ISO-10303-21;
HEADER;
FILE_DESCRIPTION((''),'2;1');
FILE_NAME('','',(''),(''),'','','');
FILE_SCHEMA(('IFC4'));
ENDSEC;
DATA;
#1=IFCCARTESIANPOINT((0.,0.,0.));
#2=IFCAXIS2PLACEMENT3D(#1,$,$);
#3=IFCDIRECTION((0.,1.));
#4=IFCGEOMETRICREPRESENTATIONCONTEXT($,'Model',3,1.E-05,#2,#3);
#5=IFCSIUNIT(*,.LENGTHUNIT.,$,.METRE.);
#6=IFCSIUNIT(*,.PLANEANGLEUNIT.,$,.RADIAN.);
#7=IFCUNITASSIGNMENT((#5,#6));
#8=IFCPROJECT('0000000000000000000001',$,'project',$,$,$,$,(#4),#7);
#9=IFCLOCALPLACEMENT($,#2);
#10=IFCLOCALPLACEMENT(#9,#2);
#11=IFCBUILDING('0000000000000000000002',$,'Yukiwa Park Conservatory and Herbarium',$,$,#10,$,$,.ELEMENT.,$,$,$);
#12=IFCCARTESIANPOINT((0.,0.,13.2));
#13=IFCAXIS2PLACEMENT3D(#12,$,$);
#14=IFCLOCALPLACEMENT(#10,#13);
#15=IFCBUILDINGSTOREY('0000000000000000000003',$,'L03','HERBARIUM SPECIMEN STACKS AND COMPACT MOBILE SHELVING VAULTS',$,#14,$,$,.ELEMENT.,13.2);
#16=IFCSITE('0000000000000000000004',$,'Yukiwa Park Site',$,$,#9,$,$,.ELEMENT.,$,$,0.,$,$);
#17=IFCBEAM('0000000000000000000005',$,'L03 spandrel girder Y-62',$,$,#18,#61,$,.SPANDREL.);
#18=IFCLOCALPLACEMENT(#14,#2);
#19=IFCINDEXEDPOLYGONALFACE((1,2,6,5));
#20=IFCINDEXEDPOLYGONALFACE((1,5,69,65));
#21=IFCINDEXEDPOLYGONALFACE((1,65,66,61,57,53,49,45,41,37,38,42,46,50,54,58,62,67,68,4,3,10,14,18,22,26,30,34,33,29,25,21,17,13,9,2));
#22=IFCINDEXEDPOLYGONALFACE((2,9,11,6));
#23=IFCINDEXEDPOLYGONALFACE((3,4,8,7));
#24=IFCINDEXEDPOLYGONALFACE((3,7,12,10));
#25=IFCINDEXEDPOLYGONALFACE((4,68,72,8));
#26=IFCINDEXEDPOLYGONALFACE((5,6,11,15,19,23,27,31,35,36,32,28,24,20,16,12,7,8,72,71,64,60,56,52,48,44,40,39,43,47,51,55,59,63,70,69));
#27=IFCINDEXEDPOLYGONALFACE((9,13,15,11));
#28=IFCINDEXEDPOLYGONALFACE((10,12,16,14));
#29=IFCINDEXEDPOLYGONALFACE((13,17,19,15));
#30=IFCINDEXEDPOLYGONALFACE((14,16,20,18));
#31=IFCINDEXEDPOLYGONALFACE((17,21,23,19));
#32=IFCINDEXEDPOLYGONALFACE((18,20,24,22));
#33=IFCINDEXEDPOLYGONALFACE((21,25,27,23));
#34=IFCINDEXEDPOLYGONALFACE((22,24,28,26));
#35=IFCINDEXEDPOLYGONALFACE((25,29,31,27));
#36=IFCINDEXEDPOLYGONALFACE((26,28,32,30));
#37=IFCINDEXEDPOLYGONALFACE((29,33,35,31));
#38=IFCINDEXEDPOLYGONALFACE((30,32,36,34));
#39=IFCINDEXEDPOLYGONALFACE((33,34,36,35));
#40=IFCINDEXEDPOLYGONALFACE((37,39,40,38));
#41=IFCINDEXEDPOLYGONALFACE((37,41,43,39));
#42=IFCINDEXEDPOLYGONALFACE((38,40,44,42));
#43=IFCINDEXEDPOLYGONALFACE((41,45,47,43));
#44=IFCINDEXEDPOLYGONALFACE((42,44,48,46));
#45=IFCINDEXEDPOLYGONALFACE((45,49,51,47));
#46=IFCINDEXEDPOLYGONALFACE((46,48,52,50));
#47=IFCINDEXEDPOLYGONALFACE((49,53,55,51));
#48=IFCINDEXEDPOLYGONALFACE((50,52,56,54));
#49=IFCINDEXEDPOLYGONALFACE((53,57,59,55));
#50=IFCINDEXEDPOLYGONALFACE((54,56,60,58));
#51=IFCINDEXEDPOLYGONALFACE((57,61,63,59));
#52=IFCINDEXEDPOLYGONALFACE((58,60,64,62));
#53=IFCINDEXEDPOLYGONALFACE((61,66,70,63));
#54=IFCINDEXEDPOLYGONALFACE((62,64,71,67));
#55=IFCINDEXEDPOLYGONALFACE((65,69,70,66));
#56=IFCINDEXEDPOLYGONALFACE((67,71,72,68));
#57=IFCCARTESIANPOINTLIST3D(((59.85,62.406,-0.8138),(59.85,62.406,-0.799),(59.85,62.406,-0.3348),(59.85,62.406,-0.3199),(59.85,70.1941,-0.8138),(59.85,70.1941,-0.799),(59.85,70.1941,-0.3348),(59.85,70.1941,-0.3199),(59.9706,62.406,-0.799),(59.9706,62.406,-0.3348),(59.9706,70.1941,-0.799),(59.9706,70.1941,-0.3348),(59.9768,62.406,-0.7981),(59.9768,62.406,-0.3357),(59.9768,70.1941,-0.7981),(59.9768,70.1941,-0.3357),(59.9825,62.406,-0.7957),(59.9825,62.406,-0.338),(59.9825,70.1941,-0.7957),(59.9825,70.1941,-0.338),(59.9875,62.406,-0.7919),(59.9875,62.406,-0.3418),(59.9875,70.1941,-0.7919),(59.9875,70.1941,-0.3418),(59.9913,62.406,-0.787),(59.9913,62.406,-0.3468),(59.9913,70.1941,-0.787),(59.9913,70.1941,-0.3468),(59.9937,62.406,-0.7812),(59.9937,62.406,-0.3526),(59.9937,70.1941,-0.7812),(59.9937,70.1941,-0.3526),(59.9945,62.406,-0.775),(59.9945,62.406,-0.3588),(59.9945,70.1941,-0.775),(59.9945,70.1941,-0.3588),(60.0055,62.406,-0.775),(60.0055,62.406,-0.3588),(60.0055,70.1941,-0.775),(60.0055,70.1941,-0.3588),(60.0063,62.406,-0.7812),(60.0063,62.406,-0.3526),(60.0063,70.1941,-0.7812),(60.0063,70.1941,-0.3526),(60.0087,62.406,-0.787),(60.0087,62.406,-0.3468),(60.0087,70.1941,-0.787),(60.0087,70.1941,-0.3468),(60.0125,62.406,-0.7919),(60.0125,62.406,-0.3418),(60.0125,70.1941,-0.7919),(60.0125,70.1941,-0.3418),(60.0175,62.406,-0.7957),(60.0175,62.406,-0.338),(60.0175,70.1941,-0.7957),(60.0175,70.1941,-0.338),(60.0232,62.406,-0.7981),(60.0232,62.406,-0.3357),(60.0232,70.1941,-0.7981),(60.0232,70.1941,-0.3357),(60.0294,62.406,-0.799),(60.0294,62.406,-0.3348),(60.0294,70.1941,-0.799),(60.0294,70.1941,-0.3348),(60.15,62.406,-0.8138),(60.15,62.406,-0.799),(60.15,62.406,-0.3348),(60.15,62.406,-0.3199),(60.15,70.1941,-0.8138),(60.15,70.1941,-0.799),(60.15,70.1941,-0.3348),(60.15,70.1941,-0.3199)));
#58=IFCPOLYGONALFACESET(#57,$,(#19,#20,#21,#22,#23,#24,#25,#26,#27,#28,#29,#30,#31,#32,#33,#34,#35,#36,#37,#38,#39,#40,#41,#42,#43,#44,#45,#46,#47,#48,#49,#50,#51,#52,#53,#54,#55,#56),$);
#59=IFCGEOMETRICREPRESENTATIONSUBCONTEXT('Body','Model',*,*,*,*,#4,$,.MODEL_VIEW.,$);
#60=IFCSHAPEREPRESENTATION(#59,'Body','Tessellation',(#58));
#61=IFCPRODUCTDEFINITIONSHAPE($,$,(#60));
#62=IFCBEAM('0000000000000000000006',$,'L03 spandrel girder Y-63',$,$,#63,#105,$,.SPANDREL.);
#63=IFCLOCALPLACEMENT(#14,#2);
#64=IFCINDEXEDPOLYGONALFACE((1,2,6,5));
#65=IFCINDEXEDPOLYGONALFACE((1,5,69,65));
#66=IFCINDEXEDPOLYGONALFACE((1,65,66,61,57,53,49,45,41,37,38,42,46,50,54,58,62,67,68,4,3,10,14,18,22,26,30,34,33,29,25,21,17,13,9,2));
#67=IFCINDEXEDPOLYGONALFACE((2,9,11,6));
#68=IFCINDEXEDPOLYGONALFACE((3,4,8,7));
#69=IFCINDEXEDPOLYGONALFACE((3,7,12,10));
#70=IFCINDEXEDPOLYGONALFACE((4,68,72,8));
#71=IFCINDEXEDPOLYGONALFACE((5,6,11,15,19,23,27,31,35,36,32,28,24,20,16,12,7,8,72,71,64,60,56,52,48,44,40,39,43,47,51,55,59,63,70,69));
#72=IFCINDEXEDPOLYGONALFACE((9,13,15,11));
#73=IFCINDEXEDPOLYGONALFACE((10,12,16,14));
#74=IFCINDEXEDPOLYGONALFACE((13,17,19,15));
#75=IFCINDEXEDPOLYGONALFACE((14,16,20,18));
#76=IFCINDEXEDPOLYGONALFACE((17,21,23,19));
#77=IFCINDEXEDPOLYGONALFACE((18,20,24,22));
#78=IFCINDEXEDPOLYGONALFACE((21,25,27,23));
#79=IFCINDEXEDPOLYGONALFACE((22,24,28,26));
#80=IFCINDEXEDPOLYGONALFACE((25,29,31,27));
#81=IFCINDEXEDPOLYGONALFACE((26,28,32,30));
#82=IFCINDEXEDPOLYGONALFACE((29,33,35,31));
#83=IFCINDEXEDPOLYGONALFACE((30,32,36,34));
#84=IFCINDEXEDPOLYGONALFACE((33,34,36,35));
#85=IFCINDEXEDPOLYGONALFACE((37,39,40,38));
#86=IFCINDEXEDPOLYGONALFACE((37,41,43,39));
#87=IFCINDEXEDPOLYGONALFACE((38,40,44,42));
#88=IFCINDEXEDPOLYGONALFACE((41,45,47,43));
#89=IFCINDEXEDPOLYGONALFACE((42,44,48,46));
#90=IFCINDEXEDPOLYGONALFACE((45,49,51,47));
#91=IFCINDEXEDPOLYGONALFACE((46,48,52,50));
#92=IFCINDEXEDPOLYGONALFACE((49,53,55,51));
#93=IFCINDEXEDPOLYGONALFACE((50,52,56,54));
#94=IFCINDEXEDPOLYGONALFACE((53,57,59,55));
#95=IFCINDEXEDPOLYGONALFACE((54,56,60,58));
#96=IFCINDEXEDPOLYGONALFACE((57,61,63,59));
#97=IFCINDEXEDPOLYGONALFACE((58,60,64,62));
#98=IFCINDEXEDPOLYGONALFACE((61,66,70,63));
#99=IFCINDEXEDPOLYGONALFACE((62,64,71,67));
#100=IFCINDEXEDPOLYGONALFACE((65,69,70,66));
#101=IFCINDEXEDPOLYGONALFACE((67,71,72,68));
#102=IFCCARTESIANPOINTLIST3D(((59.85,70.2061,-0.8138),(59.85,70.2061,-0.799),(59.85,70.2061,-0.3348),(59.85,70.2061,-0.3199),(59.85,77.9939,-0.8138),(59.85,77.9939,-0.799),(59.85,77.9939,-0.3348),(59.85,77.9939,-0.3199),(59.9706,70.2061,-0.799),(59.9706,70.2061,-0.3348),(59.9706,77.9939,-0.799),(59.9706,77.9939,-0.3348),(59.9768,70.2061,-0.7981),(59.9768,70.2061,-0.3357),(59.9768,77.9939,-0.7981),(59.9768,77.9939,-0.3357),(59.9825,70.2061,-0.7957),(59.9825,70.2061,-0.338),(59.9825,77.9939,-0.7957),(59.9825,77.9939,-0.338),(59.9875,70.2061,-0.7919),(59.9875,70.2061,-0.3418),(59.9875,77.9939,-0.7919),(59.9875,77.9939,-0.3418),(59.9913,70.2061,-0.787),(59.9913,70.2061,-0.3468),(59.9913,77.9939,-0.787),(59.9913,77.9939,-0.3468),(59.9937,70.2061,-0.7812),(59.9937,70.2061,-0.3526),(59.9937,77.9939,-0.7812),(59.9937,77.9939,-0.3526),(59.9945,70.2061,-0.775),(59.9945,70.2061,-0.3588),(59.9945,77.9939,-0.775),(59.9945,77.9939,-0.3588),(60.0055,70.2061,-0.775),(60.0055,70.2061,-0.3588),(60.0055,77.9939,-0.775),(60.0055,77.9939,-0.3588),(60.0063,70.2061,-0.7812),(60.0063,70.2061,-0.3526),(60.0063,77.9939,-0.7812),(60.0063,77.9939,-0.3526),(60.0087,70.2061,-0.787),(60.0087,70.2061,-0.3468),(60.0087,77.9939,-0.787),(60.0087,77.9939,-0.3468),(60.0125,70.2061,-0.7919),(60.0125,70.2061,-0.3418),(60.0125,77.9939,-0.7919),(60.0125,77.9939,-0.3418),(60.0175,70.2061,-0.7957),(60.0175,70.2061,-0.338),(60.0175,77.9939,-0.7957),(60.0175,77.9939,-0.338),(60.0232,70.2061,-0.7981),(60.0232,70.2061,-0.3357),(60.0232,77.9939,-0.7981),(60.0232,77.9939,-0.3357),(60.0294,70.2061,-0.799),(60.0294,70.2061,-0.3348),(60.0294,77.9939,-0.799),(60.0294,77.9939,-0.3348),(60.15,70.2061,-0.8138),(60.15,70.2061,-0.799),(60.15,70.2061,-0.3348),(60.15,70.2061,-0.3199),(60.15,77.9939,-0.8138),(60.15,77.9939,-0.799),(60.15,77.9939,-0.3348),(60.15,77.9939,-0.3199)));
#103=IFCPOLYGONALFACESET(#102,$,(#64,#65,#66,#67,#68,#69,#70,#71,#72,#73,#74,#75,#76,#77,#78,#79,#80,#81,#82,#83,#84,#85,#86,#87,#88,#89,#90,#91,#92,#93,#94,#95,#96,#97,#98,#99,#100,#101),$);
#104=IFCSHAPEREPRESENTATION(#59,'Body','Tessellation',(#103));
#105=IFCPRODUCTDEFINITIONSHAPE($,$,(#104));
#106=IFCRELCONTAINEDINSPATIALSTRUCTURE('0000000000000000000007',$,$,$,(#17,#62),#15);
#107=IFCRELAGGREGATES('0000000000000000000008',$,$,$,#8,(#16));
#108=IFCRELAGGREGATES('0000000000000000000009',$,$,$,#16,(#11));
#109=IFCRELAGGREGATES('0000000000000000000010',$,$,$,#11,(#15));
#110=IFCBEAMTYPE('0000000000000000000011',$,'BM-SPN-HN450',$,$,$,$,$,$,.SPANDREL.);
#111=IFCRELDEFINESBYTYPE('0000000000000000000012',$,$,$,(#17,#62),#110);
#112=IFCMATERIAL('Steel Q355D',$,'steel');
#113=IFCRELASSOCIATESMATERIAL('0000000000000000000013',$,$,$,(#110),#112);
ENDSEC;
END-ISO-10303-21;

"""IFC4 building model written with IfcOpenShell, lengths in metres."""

from ifc_helpers import new_model, si_unit, direction, frame, origin, origin_2d, place, context, subcontext, project, spatial, i_section, extrude, material, material_profile, profile_set, type_object, element, save


model = new_model("IFC4")

# Units and contexts
model_context = context("Model", 3, precision=1e-05, world=origin(), true_north=direction((0.0, 1.0)))
body_context = subcontext(model_context, "Body", "Model", "MODEL_VIEW")
ifc_project = project(units=[si_unit("LENGTHUNIT", "METRE"), si_unit("PLANEANGLEUNIT", "RADIAN")], contexts=[model_context])

# Site, building, storey
site_placement = place(None, origin())
site = spatial("IfcSite", under=ifc_project, at=site_placement, Name="Yukiwa Park Site", CompositionType="ELEMENT", RefElevation=0.0)
building_placement = place(site_placement, origin())
building = spatial("IfcBuilding", under=site, at=building_placement, Name="Yukiwa Park Conservatory and Herbarium", CompositionType="ELEMENT")
storey_placement = place(building_placement, frame((0.0, 0.0, 13.2)))
storey = spatial("IfcBuildingStorey", under=building, at=storey_placement, Name="L03", Description="HERBARIUM SPECIMEN STACKS AND COMPACT MOBILE SHELVING VAULTS", CompositionType="ELEMENT", Elevation=13.2)

# Beams
ifc_material_1 = material(Name="Steel Q355D", Category="steel")
ifc_material_profile_1 = material_profile(ifc_material_1, i_section(OverallWidth=0.3, OverallDepth=0.4939, WebThickness=0.011, FlangeThickness=0.0149, FilletRadius=0.0239, at=origin_2d()), Name="HM 494x300x11x15")
ifc_profile_set_1 = profile_set([ifc_material_profile_1], Name="Steel Q355D")
beam_type_1 = type_object("IfcBeamType", Name="BM-SPN-HN450", PredefinedType="SPANDREL", material=ifc_profile_set_1)
for number, where, z_axis, x_axis, name in (
    (1, (60.0, 62.406, -0.5669), (0.0, 1.0, 0.0), (-1.0, 0.0, 0.0), "L03 spandrel girder Y-62"),
):
    element("IfcBeam", number, at=place(storey_placement, frame(where, z_axis=z_axis, x_axis=x_axis)), inside=storey, type_object=beam_type_1, Name=name, PredefinedType="SPANDREL", context=body_context, shape_type="SweptSolid", body=[
        extrude(i_section(OverallWidth=0.3, OverallDepth=0.4939, WebThickness=0.011, FlangeThickness=0.0149, FilletRadius=0.0239, at=origin_2d()), origin(), (0.0, 0.0, 1.0), 7.7881),
    ])
beam_1_placement = place(storey_placement, frame((60.0, 70.2061, -0.5669), z_axis=(0.0, 1.0, 0.0), x_axis=(-1.0, 0.0, 0.0)))
element("IfcBeam", 2, at=beam_1_placement, inside=storey, type_object=beam_type_1, Name="L03 spandrel girder Y-63", PredefinedType="SPANDREL", context=body_context, shape_type="SweptSolid", body=[
    extrude(i_section(OverallWidth=0.3, OverallDepth=0.4939, WebThickness=0.011, FlangeThickness=0.0149, FilletRadius=0.0239, at=origin_2d()), origin(), (0.0, 0.0, 1.0), 7.7878),
])

save(model, "model.ifc")
